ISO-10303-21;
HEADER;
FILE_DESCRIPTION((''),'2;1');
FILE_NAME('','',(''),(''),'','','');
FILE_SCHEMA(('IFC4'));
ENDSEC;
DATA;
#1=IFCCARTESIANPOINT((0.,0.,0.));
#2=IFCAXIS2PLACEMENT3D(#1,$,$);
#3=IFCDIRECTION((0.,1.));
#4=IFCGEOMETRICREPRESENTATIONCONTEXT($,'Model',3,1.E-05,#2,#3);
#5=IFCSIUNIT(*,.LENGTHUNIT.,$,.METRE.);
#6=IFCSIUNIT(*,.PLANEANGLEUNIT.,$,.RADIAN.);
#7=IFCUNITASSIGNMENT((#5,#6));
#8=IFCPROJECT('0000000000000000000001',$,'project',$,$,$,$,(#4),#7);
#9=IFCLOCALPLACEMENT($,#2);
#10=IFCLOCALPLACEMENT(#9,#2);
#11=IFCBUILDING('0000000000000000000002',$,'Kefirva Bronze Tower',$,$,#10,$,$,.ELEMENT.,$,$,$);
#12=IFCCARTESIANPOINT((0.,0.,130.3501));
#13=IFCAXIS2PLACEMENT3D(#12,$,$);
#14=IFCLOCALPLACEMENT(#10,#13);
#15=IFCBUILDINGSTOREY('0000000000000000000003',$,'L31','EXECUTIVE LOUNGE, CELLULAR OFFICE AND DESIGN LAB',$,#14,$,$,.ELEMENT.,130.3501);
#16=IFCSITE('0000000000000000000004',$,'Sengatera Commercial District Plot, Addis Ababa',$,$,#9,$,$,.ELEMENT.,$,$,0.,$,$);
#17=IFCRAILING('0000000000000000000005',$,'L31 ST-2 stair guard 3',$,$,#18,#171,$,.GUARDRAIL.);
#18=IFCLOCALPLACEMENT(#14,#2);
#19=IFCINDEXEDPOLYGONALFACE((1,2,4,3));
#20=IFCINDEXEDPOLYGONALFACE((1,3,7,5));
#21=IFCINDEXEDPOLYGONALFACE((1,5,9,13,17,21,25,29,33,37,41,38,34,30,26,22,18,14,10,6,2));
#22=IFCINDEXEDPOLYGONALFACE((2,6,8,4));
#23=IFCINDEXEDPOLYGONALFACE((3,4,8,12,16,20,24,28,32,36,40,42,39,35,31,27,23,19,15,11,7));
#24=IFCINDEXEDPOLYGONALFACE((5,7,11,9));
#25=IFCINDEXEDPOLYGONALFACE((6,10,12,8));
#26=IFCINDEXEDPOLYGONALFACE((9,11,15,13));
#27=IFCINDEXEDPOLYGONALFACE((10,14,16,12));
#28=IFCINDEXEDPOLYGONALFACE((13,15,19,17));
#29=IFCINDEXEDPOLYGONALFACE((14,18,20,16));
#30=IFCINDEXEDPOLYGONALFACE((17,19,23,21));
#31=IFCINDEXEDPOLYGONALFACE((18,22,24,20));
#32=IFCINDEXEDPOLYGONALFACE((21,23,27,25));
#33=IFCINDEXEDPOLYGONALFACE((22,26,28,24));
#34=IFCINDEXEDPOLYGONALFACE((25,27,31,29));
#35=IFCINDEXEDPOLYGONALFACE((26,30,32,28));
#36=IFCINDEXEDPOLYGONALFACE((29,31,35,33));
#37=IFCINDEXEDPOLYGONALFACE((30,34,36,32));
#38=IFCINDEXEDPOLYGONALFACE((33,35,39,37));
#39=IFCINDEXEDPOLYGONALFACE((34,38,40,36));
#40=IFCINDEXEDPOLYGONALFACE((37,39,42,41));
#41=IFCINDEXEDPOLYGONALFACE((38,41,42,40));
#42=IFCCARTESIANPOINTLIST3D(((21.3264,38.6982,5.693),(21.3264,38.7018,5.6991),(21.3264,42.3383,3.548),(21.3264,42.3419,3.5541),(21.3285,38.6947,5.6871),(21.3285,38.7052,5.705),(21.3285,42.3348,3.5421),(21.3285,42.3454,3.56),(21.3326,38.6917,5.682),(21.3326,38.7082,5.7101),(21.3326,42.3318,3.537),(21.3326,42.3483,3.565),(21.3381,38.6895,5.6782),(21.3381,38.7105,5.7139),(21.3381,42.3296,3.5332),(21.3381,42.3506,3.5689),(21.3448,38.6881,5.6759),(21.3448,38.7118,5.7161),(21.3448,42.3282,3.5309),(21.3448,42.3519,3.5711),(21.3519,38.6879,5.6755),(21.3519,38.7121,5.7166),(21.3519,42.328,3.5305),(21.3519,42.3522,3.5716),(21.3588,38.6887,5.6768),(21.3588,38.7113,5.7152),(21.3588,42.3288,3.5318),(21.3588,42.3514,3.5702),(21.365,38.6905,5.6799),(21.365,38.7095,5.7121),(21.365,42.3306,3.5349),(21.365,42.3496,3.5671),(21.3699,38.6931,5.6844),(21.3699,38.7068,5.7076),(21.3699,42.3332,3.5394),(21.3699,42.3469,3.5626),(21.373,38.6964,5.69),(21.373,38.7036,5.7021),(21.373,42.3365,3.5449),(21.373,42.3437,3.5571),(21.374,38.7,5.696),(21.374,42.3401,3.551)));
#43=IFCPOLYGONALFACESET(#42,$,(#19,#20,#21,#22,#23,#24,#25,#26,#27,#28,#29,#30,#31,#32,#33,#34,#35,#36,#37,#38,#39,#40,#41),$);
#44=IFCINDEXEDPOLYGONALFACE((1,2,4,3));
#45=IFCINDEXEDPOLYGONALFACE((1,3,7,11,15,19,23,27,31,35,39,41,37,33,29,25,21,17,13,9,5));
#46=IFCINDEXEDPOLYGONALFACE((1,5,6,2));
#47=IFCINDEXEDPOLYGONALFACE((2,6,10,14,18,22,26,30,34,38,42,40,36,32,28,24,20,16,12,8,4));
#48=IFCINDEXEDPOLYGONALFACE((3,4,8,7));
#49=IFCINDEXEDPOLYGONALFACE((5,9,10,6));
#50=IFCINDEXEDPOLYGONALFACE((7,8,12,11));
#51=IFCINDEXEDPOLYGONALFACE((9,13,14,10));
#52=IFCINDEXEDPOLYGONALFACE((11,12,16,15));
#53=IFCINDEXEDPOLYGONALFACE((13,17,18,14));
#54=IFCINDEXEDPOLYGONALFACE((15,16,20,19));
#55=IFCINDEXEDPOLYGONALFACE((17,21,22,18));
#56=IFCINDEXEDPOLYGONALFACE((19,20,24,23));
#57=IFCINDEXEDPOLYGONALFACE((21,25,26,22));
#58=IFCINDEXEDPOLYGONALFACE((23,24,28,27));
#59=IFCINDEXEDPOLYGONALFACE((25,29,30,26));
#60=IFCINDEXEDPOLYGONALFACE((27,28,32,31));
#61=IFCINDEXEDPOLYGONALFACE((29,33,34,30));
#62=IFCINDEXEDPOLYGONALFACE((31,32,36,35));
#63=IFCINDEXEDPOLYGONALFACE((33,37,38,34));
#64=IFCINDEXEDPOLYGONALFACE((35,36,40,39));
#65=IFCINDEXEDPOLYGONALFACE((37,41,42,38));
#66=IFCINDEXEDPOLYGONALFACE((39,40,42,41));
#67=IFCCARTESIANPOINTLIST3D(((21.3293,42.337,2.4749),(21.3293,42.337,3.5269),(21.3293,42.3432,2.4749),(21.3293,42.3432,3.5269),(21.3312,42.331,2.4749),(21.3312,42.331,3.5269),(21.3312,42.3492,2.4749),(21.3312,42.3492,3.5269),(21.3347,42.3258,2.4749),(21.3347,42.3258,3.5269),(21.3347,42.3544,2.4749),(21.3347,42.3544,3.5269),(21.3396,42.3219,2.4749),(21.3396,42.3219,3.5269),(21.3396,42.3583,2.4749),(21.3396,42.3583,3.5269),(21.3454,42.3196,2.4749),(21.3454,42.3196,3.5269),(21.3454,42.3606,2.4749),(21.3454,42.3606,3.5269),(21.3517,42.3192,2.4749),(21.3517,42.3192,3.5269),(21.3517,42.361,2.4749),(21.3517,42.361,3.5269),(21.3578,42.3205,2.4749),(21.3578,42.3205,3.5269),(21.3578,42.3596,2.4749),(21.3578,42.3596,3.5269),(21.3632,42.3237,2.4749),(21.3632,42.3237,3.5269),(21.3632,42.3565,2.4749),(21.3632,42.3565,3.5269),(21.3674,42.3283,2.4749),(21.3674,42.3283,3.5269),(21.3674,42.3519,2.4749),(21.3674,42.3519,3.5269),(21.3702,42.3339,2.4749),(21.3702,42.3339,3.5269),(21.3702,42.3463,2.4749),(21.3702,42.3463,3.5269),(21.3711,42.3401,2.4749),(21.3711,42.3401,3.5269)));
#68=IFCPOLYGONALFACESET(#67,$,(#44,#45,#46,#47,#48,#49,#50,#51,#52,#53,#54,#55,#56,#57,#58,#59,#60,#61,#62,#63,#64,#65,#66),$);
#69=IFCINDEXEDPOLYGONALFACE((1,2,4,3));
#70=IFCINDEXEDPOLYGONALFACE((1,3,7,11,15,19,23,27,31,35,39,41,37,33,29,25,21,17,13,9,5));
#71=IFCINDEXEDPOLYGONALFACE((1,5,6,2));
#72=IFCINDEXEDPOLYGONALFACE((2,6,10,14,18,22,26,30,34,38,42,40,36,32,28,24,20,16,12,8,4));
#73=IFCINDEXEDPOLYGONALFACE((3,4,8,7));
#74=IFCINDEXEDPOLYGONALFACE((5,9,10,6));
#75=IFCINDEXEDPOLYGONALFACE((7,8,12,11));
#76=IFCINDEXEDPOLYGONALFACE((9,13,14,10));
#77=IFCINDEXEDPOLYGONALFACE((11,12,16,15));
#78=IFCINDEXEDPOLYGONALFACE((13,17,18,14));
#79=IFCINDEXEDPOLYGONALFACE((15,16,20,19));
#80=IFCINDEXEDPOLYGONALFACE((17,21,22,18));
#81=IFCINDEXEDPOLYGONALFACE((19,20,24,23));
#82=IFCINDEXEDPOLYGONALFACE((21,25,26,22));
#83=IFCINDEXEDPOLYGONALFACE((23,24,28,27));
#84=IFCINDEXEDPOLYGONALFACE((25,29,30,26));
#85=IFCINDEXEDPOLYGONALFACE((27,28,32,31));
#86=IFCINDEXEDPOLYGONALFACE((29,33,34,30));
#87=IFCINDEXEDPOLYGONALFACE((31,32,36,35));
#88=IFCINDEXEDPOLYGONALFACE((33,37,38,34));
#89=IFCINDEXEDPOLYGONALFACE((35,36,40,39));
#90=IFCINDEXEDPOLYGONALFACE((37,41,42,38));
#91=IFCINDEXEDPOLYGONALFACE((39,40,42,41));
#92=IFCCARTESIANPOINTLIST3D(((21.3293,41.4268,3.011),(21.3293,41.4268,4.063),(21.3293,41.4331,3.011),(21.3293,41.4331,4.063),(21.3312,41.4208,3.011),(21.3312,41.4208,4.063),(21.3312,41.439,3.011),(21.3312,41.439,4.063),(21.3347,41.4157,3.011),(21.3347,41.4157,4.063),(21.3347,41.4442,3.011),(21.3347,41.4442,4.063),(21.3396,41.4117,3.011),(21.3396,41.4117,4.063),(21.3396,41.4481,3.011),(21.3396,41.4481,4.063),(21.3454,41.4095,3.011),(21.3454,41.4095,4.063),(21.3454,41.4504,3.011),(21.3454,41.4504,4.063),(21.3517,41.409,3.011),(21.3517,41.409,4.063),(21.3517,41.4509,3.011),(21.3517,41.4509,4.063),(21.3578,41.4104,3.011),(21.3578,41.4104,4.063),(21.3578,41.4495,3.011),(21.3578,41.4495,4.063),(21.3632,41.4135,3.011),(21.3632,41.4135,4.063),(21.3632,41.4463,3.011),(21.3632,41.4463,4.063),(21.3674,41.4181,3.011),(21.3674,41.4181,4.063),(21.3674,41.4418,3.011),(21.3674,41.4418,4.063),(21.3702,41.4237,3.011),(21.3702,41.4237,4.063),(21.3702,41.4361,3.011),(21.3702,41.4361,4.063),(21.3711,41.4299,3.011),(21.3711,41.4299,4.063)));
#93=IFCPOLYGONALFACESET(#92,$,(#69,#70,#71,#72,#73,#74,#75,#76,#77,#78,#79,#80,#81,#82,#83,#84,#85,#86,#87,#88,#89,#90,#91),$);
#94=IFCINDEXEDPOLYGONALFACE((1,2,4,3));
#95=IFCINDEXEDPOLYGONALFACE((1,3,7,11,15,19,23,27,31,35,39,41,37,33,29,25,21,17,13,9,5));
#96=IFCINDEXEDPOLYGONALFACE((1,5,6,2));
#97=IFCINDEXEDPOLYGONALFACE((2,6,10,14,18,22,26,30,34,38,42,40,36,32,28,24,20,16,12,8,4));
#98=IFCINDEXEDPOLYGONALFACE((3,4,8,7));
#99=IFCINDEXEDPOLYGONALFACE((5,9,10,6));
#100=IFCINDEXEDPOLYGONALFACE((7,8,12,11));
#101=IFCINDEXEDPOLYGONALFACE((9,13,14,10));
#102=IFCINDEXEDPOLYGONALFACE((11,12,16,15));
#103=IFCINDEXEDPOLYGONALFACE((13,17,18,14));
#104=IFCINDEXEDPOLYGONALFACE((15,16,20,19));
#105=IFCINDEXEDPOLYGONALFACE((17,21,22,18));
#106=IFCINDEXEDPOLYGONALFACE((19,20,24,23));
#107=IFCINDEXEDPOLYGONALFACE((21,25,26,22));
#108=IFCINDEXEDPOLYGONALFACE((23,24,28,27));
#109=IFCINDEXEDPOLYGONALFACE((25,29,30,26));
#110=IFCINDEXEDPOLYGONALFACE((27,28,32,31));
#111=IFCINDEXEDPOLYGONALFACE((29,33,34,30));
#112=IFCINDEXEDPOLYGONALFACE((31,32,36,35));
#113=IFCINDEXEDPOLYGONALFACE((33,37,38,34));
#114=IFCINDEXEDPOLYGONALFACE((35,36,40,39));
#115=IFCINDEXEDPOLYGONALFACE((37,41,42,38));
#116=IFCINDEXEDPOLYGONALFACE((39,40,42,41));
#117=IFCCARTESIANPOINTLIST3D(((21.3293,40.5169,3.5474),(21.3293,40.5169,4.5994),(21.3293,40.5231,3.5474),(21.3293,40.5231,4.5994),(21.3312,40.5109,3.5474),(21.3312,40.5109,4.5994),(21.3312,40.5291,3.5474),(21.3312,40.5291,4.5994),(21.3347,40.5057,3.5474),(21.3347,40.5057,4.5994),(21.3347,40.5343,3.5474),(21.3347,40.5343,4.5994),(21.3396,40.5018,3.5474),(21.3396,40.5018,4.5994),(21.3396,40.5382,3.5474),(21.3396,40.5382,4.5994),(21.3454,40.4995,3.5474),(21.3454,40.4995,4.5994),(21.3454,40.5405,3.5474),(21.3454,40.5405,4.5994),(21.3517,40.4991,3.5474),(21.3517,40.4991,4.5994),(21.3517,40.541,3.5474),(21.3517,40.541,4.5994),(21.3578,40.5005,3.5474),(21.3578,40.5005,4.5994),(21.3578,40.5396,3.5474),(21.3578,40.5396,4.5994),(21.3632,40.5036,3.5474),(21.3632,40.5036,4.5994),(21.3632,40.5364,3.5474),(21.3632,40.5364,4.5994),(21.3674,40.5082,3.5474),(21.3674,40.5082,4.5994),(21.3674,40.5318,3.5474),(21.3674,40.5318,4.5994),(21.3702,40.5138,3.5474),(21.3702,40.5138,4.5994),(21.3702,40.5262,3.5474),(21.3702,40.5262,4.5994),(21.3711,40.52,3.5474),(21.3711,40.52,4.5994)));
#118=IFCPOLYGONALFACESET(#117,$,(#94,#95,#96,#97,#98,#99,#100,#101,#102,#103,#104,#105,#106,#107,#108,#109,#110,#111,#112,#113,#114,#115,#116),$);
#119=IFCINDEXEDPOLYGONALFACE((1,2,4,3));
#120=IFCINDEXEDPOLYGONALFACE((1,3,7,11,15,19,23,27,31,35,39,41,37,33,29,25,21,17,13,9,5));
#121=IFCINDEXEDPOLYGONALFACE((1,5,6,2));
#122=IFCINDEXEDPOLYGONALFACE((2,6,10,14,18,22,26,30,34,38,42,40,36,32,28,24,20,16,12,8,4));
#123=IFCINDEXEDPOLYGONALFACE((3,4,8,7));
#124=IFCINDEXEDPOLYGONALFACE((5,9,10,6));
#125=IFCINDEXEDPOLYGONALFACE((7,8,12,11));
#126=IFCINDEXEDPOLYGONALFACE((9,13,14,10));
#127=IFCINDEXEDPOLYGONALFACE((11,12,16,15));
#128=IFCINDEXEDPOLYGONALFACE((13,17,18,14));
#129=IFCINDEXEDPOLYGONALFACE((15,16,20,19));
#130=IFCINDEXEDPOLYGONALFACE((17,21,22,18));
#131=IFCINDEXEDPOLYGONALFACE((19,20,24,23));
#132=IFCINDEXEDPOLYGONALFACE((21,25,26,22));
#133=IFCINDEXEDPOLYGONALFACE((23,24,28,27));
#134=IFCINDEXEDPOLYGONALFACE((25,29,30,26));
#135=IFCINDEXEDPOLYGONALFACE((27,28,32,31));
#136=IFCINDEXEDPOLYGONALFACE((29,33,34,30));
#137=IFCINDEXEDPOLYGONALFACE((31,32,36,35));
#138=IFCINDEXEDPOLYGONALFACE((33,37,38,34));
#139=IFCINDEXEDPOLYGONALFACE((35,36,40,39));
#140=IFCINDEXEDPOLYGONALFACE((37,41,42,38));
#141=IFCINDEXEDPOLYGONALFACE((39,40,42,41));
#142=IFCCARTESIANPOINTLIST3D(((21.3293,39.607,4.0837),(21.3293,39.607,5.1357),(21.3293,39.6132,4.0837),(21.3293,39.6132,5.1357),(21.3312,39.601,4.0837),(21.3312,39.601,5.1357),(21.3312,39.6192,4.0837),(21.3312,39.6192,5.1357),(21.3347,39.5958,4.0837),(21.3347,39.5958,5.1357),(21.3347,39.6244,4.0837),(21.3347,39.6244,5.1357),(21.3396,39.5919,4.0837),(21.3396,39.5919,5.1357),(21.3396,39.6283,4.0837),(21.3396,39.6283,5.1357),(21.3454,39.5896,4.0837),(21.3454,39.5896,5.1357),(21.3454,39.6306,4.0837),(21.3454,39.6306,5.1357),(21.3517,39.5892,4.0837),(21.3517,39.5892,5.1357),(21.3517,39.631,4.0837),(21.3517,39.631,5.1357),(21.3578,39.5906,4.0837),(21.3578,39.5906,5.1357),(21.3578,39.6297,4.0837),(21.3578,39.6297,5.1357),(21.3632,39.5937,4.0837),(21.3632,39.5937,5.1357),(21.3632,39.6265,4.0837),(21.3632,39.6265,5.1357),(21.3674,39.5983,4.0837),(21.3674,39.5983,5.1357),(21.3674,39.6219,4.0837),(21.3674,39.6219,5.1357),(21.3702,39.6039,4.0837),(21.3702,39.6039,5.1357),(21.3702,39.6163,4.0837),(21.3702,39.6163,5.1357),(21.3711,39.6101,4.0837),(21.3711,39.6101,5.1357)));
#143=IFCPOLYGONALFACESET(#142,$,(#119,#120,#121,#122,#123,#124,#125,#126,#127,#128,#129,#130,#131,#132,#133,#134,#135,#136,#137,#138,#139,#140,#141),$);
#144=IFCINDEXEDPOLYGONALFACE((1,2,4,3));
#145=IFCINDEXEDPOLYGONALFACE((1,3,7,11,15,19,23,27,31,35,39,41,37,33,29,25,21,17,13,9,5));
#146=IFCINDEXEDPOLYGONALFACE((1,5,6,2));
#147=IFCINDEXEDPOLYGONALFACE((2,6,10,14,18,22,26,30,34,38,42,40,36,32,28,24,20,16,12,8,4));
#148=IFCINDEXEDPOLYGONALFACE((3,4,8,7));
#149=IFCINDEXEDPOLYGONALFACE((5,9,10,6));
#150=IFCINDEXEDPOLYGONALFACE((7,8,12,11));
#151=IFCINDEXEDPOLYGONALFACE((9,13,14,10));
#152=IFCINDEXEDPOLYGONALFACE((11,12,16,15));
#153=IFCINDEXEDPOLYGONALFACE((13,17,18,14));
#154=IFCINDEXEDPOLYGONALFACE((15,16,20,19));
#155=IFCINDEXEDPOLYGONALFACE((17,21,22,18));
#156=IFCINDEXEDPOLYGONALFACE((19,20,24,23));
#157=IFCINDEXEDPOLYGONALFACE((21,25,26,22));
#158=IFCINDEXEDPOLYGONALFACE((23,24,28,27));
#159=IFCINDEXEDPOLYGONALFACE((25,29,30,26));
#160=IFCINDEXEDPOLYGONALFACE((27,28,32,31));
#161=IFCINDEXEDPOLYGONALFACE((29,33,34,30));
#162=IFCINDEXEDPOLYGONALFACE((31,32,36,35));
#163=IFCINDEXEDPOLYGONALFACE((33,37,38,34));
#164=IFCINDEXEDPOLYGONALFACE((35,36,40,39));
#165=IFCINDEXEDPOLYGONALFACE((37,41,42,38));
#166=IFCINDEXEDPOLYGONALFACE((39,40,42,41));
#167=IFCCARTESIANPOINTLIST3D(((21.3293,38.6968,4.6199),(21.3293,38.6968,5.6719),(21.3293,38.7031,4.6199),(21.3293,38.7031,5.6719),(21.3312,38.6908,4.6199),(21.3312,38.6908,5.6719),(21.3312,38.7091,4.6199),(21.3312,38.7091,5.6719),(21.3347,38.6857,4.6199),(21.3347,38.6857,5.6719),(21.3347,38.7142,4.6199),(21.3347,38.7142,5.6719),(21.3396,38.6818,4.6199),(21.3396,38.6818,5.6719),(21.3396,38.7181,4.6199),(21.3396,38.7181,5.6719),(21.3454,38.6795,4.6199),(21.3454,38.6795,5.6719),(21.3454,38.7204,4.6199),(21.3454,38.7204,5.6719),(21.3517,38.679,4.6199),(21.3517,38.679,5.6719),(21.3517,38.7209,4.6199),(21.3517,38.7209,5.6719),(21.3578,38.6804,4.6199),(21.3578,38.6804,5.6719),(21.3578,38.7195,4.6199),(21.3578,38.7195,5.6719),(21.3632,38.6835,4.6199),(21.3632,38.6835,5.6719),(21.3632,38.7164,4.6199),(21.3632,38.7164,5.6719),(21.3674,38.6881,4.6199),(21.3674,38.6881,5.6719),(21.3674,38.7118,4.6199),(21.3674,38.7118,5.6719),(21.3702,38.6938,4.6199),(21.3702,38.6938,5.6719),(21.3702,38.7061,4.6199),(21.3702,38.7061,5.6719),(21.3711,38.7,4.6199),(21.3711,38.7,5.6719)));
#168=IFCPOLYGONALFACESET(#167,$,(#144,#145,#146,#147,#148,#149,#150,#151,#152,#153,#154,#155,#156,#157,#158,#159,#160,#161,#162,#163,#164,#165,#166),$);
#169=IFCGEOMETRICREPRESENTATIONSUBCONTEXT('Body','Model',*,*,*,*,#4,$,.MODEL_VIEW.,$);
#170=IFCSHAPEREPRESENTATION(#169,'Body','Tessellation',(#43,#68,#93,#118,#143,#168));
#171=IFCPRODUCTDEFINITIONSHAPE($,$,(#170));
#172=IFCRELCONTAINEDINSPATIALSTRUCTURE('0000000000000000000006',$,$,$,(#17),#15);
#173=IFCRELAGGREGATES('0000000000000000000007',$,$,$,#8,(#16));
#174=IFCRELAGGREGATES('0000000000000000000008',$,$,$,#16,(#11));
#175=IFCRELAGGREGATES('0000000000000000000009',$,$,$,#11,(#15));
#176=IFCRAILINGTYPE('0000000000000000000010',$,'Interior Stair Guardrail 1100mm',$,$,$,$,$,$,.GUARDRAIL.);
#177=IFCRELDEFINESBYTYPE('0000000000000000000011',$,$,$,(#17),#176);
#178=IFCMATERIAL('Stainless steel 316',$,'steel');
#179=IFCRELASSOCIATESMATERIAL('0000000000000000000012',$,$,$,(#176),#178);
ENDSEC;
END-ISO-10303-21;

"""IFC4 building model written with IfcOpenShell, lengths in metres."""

from ifc_helpers import new_model, si_unit, direction, frame, origin, origin_2d, place, context, subcontext, project, spatial, circle, extrude, material, type_object, element, save


model = new_model("IFC4")

# Units and contexts
model_context = context("Model", 3, precision=1e-05, world=origin(), true_north=direction((0.0, 1.0)))
body_context = subcontext(model_context, "Body", "Model", "MODEL_VIEW")
ifc_project = project(units=[si_unit("LENGTHUNIT", "METRE"), si_unit("PLANEANGLEUNIT", "RADIAN")], contexts=[model_context])

# Site, building, storey
site_placement = place(None, origin())
site = spatial("IfcSite", under=ifc_project, at=site_placement, Name="Sengatera Commercial District Plot, Addis Ababa", CompositionType="ELEMENT", RefElevation=0.0)
building_placement = place(site_placement, origin())
building = spatial("IfcBuilding", under=site, at=building_placement, Name="Kefirva Bronze Tower", CompositionType="ELEMENT")
storey_placement = place(building_placement, frame((0.0, 0.0, 130.3501)))
storey = spatial("IfcBuildingStorey", under=building, at=storey_placement, Name="L31", Description="EXECUTIVE LOUNGE, CELLULAR OFFICE AND DESIGN LAB", CompositionType="ELEMENT", Elevation=130.3501)

# Railing
ifc_material_1 = material(Name="Stainless steel 316", Category="steel")
railing_type_1 = type_object("IfcRailingType", Name="Interior Stair Guardrail 1100mm", PredefinedType="GUARDRAIL", material=ifc_material_1)
railing_1_placement = place(storey_placement, frame((21.3501, 42.3401, 2.4749)))
element("IfcRailing", 1, at=railing_1_placement, inside=storey, type_object=railing_type_1, Name="L31 ST-2 stair guard 3", PredefinedType="GUARDRAIL", context=body_context, shape_type="SweptSolid", body=[
    extrude(circle(Radius=0.0239, at=origin_2d()), frame((0.0, 0.0, 1.0762), z_axis=(0.0, -0.861545, 0.507682), x_axis=(1.0, 0.0, 0.0)), (0.0, 0.0, 1.0), 4.2251),
    extrude(circle(Radius=0.021, at=origin_2d()), origin(), (0.0, 0.0, 1.0), 1.052),
    extrude(circle(Radius=0.021, at=origin_2d()), frame((0.0, -0.9102, 0.5361)), (0.0, 0.0, 1.0), 1.052),
    extrude(circle(Radius=0.021, at=origin_2d()), frame((0.0, -1.8201, 1.0725)), (0.0, 0.0, 1.0), 1.052),
    extrude(circle(Radius=0.021, at=origin_2d()), frame((0.0, -2.73, 1.6089)), (0.0, 0.0, 1.0), 1.052),
    extrude(circle(Radius=0.021, at=origin_2d()), frame((0.0, -3.6401, 2.145)), (0.0, 0.0, 1.0), 1.052),
])

save(model, "model.ifc")
